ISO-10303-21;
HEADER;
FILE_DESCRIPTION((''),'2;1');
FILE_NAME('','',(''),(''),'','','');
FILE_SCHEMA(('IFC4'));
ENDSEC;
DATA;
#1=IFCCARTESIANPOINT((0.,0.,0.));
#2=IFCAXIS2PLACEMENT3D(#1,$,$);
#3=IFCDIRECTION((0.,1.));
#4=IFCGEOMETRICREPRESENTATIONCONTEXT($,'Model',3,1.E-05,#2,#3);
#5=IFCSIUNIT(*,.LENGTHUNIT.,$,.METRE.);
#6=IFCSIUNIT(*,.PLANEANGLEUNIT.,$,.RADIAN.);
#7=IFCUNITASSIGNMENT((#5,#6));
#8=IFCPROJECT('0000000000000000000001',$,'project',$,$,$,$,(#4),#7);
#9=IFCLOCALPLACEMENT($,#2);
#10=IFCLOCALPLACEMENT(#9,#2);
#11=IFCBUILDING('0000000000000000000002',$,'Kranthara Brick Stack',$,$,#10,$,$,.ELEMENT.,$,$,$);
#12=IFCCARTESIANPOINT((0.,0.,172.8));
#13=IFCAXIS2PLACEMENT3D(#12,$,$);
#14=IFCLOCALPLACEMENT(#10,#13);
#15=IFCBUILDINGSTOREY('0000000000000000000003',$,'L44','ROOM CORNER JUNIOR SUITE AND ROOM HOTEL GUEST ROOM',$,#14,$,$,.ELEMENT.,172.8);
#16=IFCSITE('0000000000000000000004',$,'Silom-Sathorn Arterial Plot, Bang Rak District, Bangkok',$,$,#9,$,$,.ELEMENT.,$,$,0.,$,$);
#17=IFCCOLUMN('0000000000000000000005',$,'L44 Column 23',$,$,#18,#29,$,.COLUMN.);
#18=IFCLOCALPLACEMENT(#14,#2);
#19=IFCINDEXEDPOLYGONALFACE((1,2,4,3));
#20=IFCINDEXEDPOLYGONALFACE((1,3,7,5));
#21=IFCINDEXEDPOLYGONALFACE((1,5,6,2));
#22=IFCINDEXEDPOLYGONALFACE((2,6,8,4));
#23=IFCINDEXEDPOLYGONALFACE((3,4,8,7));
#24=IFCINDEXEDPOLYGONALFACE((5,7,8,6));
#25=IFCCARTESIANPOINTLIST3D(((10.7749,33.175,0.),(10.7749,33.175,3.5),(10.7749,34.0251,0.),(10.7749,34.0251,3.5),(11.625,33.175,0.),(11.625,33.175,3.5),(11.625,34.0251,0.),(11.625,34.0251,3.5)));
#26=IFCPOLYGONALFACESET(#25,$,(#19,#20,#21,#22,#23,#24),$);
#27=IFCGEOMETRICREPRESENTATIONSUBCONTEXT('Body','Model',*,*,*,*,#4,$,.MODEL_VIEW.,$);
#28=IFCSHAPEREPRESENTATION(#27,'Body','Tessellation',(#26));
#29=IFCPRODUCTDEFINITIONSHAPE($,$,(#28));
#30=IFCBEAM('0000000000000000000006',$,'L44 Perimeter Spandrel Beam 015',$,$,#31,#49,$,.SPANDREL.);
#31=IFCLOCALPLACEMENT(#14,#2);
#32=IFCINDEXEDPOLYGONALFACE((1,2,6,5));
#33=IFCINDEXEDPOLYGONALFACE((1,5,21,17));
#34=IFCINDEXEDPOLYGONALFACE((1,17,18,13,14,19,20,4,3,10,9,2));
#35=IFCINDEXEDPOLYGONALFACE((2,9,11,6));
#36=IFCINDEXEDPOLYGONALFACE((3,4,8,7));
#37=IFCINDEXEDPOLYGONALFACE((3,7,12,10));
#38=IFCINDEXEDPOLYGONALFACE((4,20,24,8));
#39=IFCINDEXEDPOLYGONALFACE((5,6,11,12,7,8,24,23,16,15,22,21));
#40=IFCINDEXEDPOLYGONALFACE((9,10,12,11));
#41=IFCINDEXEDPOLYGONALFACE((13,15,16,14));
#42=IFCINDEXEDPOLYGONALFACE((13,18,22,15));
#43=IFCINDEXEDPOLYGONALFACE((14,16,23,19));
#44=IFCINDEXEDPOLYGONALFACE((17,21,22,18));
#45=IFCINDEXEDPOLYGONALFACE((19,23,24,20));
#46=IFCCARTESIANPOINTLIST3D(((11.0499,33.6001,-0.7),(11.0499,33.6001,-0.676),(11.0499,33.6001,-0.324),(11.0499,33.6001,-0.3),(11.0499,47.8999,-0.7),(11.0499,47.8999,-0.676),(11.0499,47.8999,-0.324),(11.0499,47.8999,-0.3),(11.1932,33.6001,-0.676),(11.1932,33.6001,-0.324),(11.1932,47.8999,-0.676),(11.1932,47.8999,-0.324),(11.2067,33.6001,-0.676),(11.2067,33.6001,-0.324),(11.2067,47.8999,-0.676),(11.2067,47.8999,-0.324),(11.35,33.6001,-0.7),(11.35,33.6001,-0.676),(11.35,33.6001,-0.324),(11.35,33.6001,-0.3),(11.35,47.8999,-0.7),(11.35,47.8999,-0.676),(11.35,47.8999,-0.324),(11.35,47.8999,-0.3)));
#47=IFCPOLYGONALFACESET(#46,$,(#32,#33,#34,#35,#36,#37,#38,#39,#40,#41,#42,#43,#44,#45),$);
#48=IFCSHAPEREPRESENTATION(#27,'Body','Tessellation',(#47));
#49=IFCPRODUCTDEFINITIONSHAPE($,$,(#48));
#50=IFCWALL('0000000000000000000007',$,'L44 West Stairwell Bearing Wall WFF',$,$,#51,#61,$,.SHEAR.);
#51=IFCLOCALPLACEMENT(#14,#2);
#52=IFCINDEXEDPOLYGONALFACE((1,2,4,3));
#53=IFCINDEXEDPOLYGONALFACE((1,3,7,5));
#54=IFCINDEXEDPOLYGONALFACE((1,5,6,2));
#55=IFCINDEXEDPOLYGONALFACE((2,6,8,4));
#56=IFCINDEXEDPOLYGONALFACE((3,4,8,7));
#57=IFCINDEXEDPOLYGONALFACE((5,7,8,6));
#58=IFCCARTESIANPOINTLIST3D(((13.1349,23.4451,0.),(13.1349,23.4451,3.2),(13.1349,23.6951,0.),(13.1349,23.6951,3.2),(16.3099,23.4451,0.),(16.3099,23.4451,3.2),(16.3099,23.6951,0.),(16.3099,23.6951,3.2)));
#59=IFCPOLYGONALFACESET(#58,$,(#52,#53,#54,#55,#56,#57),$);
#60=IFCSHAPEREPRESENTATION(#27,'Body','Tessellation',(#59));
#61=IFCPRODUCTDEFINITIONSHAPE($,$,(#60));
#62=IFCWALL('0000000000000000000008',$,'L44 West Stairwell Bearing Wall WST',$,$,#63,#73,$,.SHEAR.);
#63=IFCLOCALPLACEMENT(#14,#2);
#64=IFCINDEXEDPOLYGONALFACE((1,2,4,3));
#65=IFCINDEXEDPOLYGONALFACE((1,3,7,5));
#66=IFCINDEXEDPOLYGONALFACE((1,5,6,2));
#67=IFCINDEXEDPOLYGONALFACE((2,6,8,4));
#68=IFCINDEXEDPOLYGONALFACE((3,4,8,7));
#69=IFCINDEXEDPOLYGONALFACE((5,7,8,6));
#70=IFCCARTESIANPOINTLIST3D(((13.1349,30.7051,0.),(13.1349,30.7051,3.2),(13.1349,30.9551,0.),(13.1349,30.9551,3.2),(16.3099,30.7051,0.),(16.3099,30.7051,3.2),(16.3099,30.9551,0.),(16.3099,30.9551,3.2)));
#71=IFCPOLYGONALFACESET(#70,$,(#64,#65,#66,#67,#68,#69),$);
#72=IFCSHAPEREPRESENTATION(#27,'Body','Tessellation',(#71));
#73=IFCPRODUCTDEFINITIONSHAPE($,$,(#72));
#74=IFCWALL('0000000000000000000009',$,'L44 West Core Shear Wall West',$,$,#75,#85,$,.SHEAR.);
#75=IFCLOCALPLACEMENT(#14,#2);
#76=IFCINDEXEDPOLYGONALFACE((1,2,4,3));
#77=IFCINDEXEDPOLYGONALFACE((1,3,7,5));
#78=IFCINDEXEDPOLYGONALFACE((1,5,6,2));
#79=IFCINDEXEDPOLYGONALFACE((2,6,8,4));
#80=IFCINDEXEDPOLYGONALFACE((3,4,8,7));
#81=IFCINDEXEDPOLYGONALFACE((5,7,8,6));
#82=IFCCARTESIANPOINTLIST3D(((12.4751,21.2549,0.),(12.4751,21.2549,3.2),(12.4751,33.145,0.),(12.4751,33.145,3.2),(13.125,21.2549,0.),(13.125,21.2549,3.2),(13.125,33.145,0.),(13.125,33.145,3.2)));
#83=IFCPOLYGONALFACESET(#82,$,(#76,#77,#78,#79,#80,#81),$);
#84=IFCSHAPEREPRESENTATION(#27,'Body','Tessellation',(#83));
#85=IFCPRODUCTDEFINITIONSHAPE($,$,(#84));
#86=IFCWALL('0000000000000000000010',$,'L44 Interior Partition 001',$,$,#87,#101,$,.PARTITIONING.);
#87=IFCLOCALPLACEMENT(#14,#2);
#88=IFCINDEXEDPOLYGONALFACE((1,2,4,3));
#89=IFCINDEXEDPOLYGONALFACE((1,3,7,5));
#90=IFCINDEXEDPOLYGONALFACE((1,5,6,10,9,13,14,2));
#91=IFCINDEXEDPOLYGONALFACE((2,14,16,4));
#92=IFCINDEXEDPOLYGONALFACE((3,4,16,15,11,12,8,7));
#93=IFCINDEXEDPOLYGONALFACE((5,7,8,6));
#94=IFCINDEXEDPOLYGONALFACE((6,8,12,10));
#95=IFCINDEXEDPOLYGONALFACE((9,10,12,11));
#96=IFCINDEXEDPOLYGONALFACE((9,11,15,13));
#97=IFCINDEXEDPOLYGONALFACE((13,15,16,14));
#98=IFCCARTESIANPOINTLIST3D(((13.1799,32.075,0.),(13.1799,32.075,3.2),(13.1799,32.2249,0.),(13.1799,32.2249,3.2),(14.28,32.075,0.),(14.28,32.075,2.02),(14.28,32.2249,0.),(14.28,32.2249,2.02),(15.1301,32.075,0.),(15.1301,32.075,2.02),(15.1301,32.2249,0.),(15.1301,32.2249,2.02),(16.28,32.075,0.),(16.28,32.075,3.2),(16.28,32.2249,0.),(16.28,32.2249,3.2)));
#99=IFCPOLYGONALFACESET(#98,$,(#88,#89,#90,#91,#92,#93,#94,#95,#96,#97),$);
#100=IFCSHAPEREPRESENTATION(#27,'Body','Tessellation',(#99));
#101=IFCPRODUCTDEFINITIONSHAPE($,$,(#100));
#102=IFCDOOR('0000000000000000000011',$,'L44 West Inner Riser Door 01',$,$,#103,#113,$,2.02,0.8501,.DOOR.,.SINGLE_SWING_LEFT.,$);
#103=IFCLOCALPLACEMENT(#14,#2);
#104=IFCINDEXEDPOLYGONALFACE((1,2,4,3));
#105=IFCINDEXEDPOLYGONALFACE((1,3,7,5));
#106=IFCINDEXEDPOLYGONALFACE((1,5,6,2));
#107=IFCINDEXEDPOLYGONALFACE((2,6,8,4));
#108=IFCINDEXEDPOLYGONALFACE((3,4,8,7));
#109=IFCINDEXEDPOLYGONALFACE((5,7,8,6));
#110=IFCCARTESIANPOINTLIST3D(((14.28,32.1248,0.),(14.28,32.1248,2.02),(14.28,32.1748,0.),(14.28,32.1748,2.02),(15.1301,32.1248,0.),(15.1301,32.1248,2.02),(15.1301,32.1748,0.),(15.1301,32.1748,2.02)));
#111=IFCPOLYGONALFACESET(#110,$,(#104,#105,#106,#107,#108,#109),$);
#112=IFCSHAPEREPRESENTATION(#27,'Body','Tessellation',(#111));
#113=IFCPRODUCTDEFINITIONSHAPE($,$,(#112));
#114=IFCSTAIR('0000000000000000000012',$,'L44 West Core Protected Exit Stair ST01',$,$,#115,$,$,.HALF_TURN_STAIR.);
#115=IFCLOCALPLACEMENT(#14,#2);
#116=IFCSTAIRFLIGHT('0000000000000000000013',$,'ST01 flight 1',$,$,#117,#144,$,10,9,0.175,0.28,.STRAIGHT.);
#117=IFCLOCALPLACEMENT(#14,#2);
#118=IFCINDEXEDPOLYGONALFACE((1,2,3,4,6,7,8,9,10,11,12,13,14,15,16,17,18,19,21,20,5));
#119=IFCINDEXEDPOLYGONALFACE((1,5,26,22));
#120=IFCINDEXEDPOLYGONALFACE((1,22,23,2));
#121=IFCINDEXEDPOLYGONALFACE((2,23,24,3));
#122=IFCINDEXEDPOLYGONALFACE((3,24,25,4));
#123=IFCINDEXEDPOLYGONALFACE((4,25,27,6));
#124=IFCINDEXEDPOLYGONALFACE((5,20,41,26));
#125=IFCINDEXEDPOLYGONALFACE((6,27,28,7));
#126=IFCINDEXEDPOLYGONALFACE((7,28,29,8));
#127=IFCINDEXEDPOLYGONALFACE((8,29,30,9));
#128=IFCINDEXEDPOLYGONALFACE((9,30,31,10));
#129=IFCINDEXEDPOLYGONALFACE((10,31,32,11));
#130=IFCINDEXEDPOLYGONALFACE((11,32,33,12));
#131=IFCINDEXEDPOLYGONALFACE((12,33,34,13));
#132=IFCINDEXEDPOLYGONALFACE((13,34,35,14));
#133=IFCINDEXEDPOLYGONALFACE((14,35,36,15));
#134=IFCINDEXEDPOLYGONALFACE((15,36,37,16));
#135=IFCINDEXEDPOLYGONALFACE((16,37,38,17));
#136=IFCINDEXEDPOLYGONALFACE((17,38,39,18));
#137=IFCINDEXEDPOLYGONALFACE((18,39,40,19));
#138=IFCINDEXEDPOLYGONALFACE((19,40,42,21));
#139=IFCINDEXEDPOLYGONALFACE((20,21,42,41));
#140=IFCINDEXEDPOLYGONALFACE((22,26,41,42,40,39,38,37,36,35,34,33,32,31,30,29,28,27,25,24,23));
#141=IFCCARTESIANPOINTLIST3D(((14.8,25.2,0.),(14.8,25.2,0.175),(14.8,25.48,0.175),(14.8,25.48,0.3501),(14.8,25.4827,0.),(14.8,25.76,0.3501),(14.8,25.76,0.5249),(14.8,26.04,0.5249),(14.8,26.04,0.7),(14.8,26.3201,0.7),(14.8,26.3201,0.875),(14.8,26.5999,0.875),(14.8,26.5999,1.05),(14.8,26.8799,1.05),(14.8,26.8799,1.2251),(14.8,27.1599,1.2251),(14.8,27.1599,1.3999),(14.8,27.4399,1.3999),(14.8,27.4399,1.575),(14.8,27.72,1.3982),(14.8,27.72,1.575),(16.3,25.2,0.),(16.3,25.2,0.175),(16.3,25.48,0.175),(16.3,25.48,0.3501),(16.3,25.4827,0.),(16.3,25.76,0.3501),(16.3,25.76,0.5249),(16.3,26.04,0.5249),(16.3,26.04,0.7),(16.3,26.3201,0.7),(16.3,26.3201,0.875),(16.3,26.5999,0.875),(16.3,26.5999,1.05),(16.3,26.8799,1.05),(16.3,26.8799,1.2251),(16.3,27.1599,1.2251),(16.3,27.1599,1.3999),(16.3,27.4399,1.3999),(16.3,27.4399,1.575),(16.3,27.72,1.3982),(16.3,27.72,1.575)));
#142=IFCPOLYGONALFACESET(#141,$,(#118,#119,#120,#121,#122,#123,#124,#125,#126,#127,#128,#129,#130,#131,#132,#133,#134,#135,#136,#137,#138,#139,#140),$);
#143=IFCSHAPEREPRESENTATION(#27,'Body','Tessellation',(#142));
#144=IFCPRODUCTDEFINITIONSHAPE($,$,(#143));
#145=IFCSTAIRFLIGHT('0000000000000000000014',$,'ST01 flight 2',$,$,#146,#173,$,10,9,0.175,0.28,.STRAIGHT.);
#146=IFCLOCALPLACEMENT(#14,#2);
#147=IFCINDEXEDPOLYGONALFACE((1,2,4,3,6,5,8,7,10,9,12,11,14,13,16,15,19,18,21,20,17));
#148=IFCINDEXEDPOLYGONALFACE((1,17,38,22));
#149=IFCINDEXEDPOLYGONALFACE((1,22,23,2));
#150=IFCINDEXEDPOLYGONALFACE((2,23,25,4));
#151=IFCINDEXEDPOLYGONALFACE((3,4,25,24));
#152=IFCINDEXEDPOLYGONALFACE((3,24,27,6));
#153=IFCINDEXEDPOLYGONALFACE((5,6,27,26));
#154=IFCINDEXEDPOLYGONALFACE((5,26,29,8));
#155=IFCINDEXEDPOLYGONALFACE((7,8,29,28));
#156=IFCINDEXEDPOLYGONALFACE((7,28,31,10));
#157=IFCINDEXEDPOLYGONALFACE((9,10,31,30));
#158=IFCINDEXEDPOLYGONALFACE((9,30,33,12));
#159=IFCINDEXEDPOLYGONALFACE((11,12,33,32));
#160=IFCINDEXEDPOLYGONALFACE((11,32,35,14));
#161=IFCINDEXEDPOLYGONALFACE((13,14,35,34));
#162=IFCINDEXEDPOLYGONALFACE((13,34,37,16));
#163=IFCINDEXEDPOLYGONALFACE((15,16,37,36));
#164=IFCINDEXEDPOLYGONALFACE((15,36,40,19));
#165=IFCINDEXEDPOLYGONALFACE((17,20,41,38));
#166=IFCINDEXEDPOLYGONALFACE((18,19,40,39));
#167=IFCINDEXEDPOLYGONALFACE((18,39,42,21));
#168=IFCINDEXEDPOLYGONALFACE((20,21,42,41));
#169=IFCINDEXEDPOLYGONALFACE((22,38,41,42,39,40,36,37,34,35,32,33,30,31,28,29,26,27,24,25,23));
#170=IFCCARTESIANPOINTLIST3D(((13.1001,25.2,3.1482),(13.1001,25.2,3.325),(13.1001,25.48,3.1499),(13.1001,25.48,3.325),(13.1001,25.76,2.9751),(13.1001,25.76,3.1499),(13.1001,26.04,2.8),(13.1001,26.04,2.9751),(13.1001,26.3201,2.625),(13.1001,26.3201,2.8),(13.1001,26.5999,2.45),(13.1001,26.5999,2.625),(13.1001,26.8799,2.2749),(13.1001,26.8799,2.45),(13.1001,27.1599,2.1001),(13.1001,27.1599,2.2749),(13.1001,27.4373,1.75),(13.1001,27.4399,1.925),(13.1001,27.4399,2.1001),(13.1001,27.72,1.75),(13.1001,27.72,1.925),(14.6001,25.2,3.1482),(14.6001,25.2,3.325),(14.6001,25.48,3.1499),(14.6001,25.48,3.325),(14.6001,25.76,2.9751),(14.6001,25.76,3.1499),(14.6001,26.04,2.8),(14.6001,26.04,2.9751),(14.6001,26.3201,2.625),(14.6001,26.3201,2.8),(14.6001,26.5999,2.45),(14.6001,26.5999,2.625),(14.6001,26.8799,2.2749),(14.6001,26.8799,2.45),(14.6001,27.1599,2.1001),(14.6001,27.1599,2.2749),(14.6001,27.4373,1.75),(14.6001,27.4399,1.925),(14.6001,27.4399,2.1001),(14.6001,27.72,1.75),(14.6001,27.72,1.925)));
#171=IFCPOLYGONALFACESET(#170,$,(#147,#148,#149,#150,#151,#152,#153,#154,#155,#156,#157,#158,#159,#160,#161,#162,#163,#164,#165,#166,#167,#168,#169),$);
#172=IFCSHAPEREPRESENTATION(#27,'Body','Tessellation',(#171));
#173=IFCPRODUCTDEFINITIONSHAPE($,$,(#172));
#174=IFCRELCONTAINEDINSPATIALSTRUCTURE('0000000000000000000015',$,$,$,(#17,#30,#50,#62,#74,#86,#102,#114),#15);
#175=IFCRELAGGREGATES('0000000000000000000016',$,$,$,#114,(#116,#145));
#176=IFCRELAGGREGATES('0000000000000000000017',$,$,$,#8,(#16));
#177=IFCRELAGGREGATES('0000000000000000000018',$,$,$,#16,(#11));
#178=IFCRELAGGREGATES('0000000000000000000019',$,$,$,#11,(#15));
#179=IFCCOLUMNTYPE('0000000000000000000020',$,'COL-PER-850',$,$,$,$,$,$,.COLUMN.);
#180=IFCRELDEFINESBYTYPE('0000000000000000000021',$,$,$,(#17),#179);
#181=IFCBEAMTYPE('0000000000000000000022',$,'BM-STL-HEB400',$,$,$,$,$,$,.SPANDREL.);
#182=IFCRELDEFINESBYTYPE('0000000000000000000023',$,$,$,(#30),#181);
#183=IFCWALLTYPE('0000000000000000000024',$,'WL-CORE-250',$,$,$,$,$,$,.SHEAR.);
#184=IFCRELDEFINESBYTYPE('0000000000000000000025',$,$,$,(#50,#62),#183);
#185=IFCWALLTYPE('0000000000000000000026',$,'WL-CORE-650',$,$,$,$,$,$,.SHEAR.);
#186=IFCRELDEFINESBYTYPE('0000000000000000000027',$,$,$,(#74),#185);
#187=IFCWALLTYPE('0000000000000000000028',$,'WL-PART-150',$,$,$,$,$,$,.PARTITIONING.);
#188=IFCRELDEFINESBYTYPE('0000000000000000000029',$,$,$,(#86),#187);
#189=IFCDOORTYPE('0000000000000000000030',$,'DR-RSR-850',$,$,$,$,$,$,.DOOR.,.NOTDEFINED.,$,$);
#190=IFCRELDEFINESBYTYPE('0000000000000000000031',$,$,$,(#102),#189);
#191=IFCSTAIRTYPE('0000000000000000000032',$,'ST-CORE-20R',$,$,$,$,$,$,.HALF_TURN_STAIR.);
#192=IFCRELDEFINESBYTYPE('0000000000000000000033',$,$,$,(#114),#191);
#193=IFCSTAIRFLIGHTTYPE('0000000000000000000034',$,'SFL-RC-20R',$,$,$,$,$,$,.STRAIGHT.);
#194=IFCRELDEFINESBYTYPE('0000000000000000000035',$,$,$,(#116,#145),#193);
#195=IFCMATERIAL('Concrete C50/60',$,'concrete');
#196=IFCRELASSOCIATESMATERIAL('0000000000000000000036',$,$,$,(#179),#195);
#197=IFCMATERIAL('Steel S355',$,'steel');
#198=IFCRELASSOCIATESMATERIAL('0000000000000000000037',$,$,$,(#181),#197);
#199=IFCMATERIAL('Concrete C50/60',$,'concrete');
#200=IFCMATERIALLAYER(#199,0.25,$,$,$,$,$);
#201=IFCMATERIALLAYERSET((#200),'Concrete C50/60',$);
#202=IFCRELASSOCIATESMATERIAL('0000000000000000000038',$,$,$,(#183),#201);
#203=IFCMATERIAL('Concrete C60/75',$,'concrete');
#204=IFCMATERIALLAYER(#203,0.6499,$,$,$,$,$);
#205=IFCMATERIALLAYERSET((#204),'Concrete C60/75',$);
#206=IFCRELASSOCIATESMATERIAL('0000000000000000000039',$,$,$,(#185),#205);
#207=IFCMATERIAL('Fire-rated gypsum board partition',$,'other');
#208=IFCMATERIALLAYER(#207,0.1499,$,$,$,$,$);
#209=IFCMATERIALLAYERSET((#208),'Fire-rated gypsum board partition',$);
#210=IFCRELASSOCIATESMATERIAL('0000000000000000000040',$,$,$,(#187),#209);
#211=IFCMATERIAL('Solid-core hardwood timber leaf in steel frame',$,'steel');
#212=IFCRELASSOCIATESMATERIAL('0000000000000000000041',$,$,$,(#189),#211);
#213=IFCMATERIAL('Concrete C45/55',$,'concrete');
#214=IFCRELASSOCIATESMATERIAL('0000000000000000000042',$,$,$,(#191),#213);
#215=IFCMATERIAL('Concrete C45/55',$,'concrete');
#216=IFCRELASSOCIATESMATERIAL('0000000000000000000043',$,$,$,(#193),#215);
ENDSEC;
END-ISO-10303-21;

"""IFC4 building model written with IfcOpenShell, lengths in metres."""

from ifc_helpers import new_model, si_unit, direction, frame, frame_2d, origin, origin_2d, place, context, subcontext, project, spatial, polyline, rectangle, i_section, outline, extrude, material, layer, layer_set, material_profile, profile_set, type_object, element, fill, aggregate, save


model = new_model("IFC4")

# Units and contexts
model_context = context("Model", 3, precision=1e-05, world=origin(), true_north=direction((0.0, 1.0)))
body_context = subcontext(model_context, "Body", "Model", "MODEL_VIEW")
ifc_project = project(units=[si_unit("LENGTHUNIT", "METRE"), si_unit("PLANEANGLEUNIT", "RADIAN")], contexts=[model_context])

# Site, building, storey
site_placement = place(None, origin())
site = spatial("IfcSite", under=ifc_project, at=site_placement, Name="Silom-Sathorn Arterial Plot, Bang Rak District, Bangkok", CompositionType="ELEMENT", RefElevation=0.0)
building_placement = place(site_placement, origin())
building = spatial("IfcBuilding", under=site, at=building_placement, Name="Kranthara Brick Stack", CompositionType="ELEMENT")
storey_placement = place(building_placement, frame((0.0, 0.0, 172.8)))
storey = spatial("IfcBuildingStorey", under=building, at=storey_placement, Name="L44", Description="ROOM CORNER JUNIOR SUITE AND ROOM HOTEL GUEST ROOM", CompositionType="ELEMENT", Elevation=172.8)

# Column
ifc_material_1 = material(Name="Concrete C50/60", Category="concrete")
ifc_material_profile_1 = material_profile(ifc_material_1, rectangle(XDim=0.8501, YDim=0.8501, at=origin_2d()), Name="RC 850x850")
ifc_profile_set_1 = profile_set([ifc_material_profile_1], Name="Concrete C50/60")
column_type = type_object("IfcColumnType", Name="COL-PER-850", PredefinedType="COLUMN", material=ifc_profile_set_1)
column_placement = place(storey_placement, frame((11.2, 33.6001, 0.0), z_axis=(0.0, 0.0, 1.0), x_axis=(1.0, 0.0, 0.0)))
element("IfcColumn", 1, at=column_placement, inside=storey, type_object=column_type, Name="L44 Column 23", PredefinedType="COLUMN", context=body_context, shape_type="SweptSolid", body=[
    extrude(rectangle(XDim=0.8501, YDim=0.8501, at=origin_2d()), origin(), (0.0, 0.0, 1.0), 3.5),
])

# Beam
ifc_material_2 = material(Name="Steel S355", Category="steel")
ifc_material_profile_2 = material_profile(ifc_material_2, i_section(OverallWidth=0.3, OverallDepth=0.3999, WebThickness=0.0134, FlangeThickness=0.0239, at=origin_2d()), Name="HEB 400")
ifc_profile_set_2 = profile_set([ifc_material_profile_2], Name="Steel S355")
beam_type = type_object("IfcBeamType", Name="BM-STL-HEB400", PredefinedType="SPANDREL", material=ifc_profile_set_2)
beam_placement = place(storey_placement, frame((11.2, 33.6001, -0.5), z_axis=(0.0, 1.0, 0.0), x_axis=(-1.0, 0.0, 0.0)))
element("IfcBeam", 2, at=beam_placement, inside=storey, type_object=beam_type, Name="L44 Perimeter Spandrel Beam 015", PredefinedType="SPANDREL", context=body_context, shape_type="SweptSolid", body=[
    extrude(i_section(OverallWidth=0.3, OverallDepth=0.3999, WebThickness=0.0134, FlangeThickness=0.0239, at=origin_2d()), origin(), (0.0, 0.0, 1.0), 14.2998),
])

# Shared definitions
ifc_material_3 = material(Name="Concrete C50/60", Category="concrete")
ifc_layer_1 = layer(ifc_material_3, 0.25)
ifc_layer_set_1 = layer_set([ifc_layer_1], Name="Concrete C50/60")
wall_type_1 = type_object("IfcWallType", Name="WL-CORE-250", PredefinedType="SHEAR", material=ifc_layer_set_1)

# Walls
for number, where, z_axis, x_axis, name in (
    (3, (13.135, 23.5701, 0.0), (0.0, 0.0, 1.0), (1.0, 0.0, 0.0), "L44 West Stairwell Bearing Wall WFF"),
    (4, (13.135, 30.8301, 0.0), (0.0, 0.0, 1.0), (1.0, 0.0, 0.0), "L44 West Stairwell Bearing Wall WST"),
):
    element("IfcWall", number, at=place(storey_placement, frame(where, z_axis=z_axis, x_axis=x_axis)), inside=storey, type_object=wall_type_1, Name=name, PredefinedType="SHEAR", context=body_context, shape_type="SweptSolid", body=[
        extrude(rectangle(XDim=3.175, YDim=0.25, at=frame_2d((1.5874, 0.0))), origin(), (0.0, 0.0, 1.0), 3.2),
    ])
ifc_material_4 = material(Name="Concrete C60/75", Category="concrete")
ifc_layer_2 = layer(ifc_material_4, 0.6499)
ifc_layer_set_2 = layer_set([ifc_layer_2], Name="Concrete C60/75")
wall_type_2 = type_object("IfcWallType", Name="WL-CORE-650", PredefinedType="SHEAR", material=ifc_layer_set_2)
wall_1_placement = place(storey_placement, frame((12.8, 21.2549, 0.0), z_axis=(0.0, 0.0, 1.0), x_axis=(0.0, 1.0, 0.0)))
element("IfcWall", 5, at=wall_1_placement, inside=storey, type_object=wall_type_2, Name="L44 West Core Shear Wall West", PredefinedType="SHEAR", context=body_context, shape_type="SweptSolid", body=[
    extrude(rectangle(XDim=11.8901, YDim=0.6499, at=frame_2d((5.9451, 0.0))), origin(), (0.0, 0.0, 1.0), 3.2),
])

# Wall, opening, door
ifc_material_5 = material(Name="Fire-rated gypsum board partition", Category="other")
ifc_layer_3 = layer(ifc_material_5, 0.1499)
ifc_layer_set_3 = layer_set([ifc_layer_3], Name="Fire-rated gypsum board partition")
wall_type_3 = type_object("IfcWallType", Name="WL-PART-150", PredefinedType="PARTITIONING", material=ifc_layer_set_3)
wall_2_placement = place(storey_placement, frame((13.1799, 32.1499, 0.0), z_axis=(0.0, 0.0, 1.0), x_axis=(1.0, 0.0, 0.0)))
wall_2 = element("IfcWall", 6, at=wall_2_placement, inside=storey, type_object=wall_type_3, Name="L44 Interior Partition 001", PredefinedType="PARTITIONING", context=body_context, shape_type="SweptSolid", body=[
    extrude(rectangle(XDim=3.1001, YDim=0.1499, at=frame_2d((1.55, 0.0))), origin(), (0.0, 0.0, 1.0), 3.2),
])
opening_1_placement = place(wall_2_placement, frame((1.1001, 0.0, 0.0)))
opening_1 = element("IfcOpeningElement", 7, at=opening_1_placement, cuts=wall_2, PredefinedType="OPENING", context=body_context, shape_type="SweptSolid", body=[
    extrude(rectangle(XDim=0.8501, YDim=2.02, at=frame_2d((0.425, 1.01))), frame((0.0, 0.085, 0.0), z_axis=(0.0, -1.0, 0.0), x_axis=(1.0, 0.0, 0.0)), (0.0, 0.0, 1.0), 0.1699),
])
ifc_material_6 = material(Name="Solid-core hardwood timber leaf in steel frame", Category="steel")
door_type_1 = type_object("IfcDoorType", Name="DR-RSR-850", OperationType="NOTDEFINED", PredefinedType="DOOR", material=ifc_material_6)
door_1_placement = place(opening_1_placement, origin())
door_1 = element("IfcDoor", 8, at=door_1_placement, inside=storey, type_object=door_type_1, Name="L44 West Inner Riser Door 01", OperationType="SINGLE_SWING_LEFT", OverallHeight=2.02, OverallWidth=0.8501, PredefinedType="DOOR", context=body_context, shape_type="SweptSolid", body=[
    extrude(rectangle(XDim=0.8501, YDim=2.02, at=frame_2d((0.425, 1.01))), frame((0.0, 0.0249, 0.0), z_axis=(0.0, -1.0, 0.0), x_axis=(1.0, 0.0, 0.0)), (0.0, 0.0, 1.0), 0.05),
])
fill(opening_1, door_1)

# Stair, stair flights
ifc_material_7 = material(Name="Concrete C45/55", Category="concrete")
stair_type = type_object("IfcStairType", Name="ST-CORE-20R", PredefinedType="HALF_TURN_STAIR", material=ifc_material_7)
stair_placement = place(storey_placement, origin())
stair = element("IfcStair", 9, at=stair_placement, inside=storey, type_object=stair_type, Name="L44 West Core Protected Exit Stair ST01", PredefinedType="HALF_TURN_STAIR")
ifc_material_8 = material(Name="Concrete C45/55", Category="concrete")
stair_flight_type = type_object("IfcStairFlightType", Name="SFL-RC-20R", PredefinedType="STRAIGHT", material=ifc_material_8)
stair_flight_1_placement = place(storey_placement, frame((15.55, 25.2, 0.0), z_axis=(0.0, 0.0, 1.0), x_axis=(0.0, 1.0, 0.0)))
stair_flight_1 = element("IfcStairFlight", 10, at=stair_flight_1_placement, type_object=stair_flight_type, Name="ST01 flight 1", NumberOfRisers=10, NumberOfTreads=9, PredefinedType="STRAIGHT", RiserHeight=0.175, TreadLength=0.28, context=body_context, shape_type="SweptSolid", body=[
    extrude(outline(polyline([(0.0, 0.0), (0.0, 0.175), (0.28, 0.175), (0.28, 0.3501), (0.5601, 0.3501), (0.5601, 0.5249), (0.8401, 0.5249), (0.8401, 0.7), (1.1201, 0.7), (1.1201, 0.875), (1.3999, 0.875), (1.3999, 1.05), (1.6799, 1.05), (1.6799, 1.2251), (1.96, 1.2251), (1.96, 1.3999), (2.24, 1.3999), (2.24, 1.575), (2.52, 1.575), (2.52, 1.75), (2.52, 1.3982), (0.2827, 0.0), (0.0, 0.0)])), frame((0.0, 0.75, 0.0), z_axis=(0.0, -1.0, 0.0), x_axis=(1.0, 0.0, 0.0)), (0.0, 0.0, 1.0), 1.5),
])
stair_flight_2_placement = place(storey_placement, frame((13.8501, 27.72, 1.75), z_axis=(0.0, 0.0, 1.0), x_axis=(0.0, -1.0, 0.0)))
stair_flight_2 = element("IfcStairFlight", 11, at=stair_flight_2_placement, type_object=stair_flight_type, Name="ST01 flight 2", NumberOfRisers=10, NumberOfTreads=9, PredefinedType="STRAIGHT", RiserHeight=0.175, TreadLength=0.28, context=body_context, shape_type="SweptSolid", body=[
    extrude(outline(polyline([(0.0, 0.0), (0.0, 0.175), (0.28, 0.175), (0.28, 0.3501), (0.5601, 0.3501), (0.5601, 0.5249), (0.8401, 0.5249), (0.8401, 0.7), (1.1201, 0.7), (1.1201, 0.875), (1.3999, 0.875), (1.3999, 1.05), (1.6799, 1.05), (1.6799, 1.2251), (1.96, 1.2251), (1.96, 1.3999), (2.24, 1.3999), (2.24, 1.575), (2.52, 1.575), (2.52, 1.75), (2.52, 1.3982), (0.2827, 0.0), (0.0, 0.0)])), frame((0.0, 0.75, 0.0), z_axis=(0.0, -1.0, 0.0), x_axis=(1.0, 0.0, 0.0)), (0.0, 0.0, 1.0), 1.5),
])
aggregate(stair, [stair_flight_1, stair_flight_2])

save(model, "model.ifc")
